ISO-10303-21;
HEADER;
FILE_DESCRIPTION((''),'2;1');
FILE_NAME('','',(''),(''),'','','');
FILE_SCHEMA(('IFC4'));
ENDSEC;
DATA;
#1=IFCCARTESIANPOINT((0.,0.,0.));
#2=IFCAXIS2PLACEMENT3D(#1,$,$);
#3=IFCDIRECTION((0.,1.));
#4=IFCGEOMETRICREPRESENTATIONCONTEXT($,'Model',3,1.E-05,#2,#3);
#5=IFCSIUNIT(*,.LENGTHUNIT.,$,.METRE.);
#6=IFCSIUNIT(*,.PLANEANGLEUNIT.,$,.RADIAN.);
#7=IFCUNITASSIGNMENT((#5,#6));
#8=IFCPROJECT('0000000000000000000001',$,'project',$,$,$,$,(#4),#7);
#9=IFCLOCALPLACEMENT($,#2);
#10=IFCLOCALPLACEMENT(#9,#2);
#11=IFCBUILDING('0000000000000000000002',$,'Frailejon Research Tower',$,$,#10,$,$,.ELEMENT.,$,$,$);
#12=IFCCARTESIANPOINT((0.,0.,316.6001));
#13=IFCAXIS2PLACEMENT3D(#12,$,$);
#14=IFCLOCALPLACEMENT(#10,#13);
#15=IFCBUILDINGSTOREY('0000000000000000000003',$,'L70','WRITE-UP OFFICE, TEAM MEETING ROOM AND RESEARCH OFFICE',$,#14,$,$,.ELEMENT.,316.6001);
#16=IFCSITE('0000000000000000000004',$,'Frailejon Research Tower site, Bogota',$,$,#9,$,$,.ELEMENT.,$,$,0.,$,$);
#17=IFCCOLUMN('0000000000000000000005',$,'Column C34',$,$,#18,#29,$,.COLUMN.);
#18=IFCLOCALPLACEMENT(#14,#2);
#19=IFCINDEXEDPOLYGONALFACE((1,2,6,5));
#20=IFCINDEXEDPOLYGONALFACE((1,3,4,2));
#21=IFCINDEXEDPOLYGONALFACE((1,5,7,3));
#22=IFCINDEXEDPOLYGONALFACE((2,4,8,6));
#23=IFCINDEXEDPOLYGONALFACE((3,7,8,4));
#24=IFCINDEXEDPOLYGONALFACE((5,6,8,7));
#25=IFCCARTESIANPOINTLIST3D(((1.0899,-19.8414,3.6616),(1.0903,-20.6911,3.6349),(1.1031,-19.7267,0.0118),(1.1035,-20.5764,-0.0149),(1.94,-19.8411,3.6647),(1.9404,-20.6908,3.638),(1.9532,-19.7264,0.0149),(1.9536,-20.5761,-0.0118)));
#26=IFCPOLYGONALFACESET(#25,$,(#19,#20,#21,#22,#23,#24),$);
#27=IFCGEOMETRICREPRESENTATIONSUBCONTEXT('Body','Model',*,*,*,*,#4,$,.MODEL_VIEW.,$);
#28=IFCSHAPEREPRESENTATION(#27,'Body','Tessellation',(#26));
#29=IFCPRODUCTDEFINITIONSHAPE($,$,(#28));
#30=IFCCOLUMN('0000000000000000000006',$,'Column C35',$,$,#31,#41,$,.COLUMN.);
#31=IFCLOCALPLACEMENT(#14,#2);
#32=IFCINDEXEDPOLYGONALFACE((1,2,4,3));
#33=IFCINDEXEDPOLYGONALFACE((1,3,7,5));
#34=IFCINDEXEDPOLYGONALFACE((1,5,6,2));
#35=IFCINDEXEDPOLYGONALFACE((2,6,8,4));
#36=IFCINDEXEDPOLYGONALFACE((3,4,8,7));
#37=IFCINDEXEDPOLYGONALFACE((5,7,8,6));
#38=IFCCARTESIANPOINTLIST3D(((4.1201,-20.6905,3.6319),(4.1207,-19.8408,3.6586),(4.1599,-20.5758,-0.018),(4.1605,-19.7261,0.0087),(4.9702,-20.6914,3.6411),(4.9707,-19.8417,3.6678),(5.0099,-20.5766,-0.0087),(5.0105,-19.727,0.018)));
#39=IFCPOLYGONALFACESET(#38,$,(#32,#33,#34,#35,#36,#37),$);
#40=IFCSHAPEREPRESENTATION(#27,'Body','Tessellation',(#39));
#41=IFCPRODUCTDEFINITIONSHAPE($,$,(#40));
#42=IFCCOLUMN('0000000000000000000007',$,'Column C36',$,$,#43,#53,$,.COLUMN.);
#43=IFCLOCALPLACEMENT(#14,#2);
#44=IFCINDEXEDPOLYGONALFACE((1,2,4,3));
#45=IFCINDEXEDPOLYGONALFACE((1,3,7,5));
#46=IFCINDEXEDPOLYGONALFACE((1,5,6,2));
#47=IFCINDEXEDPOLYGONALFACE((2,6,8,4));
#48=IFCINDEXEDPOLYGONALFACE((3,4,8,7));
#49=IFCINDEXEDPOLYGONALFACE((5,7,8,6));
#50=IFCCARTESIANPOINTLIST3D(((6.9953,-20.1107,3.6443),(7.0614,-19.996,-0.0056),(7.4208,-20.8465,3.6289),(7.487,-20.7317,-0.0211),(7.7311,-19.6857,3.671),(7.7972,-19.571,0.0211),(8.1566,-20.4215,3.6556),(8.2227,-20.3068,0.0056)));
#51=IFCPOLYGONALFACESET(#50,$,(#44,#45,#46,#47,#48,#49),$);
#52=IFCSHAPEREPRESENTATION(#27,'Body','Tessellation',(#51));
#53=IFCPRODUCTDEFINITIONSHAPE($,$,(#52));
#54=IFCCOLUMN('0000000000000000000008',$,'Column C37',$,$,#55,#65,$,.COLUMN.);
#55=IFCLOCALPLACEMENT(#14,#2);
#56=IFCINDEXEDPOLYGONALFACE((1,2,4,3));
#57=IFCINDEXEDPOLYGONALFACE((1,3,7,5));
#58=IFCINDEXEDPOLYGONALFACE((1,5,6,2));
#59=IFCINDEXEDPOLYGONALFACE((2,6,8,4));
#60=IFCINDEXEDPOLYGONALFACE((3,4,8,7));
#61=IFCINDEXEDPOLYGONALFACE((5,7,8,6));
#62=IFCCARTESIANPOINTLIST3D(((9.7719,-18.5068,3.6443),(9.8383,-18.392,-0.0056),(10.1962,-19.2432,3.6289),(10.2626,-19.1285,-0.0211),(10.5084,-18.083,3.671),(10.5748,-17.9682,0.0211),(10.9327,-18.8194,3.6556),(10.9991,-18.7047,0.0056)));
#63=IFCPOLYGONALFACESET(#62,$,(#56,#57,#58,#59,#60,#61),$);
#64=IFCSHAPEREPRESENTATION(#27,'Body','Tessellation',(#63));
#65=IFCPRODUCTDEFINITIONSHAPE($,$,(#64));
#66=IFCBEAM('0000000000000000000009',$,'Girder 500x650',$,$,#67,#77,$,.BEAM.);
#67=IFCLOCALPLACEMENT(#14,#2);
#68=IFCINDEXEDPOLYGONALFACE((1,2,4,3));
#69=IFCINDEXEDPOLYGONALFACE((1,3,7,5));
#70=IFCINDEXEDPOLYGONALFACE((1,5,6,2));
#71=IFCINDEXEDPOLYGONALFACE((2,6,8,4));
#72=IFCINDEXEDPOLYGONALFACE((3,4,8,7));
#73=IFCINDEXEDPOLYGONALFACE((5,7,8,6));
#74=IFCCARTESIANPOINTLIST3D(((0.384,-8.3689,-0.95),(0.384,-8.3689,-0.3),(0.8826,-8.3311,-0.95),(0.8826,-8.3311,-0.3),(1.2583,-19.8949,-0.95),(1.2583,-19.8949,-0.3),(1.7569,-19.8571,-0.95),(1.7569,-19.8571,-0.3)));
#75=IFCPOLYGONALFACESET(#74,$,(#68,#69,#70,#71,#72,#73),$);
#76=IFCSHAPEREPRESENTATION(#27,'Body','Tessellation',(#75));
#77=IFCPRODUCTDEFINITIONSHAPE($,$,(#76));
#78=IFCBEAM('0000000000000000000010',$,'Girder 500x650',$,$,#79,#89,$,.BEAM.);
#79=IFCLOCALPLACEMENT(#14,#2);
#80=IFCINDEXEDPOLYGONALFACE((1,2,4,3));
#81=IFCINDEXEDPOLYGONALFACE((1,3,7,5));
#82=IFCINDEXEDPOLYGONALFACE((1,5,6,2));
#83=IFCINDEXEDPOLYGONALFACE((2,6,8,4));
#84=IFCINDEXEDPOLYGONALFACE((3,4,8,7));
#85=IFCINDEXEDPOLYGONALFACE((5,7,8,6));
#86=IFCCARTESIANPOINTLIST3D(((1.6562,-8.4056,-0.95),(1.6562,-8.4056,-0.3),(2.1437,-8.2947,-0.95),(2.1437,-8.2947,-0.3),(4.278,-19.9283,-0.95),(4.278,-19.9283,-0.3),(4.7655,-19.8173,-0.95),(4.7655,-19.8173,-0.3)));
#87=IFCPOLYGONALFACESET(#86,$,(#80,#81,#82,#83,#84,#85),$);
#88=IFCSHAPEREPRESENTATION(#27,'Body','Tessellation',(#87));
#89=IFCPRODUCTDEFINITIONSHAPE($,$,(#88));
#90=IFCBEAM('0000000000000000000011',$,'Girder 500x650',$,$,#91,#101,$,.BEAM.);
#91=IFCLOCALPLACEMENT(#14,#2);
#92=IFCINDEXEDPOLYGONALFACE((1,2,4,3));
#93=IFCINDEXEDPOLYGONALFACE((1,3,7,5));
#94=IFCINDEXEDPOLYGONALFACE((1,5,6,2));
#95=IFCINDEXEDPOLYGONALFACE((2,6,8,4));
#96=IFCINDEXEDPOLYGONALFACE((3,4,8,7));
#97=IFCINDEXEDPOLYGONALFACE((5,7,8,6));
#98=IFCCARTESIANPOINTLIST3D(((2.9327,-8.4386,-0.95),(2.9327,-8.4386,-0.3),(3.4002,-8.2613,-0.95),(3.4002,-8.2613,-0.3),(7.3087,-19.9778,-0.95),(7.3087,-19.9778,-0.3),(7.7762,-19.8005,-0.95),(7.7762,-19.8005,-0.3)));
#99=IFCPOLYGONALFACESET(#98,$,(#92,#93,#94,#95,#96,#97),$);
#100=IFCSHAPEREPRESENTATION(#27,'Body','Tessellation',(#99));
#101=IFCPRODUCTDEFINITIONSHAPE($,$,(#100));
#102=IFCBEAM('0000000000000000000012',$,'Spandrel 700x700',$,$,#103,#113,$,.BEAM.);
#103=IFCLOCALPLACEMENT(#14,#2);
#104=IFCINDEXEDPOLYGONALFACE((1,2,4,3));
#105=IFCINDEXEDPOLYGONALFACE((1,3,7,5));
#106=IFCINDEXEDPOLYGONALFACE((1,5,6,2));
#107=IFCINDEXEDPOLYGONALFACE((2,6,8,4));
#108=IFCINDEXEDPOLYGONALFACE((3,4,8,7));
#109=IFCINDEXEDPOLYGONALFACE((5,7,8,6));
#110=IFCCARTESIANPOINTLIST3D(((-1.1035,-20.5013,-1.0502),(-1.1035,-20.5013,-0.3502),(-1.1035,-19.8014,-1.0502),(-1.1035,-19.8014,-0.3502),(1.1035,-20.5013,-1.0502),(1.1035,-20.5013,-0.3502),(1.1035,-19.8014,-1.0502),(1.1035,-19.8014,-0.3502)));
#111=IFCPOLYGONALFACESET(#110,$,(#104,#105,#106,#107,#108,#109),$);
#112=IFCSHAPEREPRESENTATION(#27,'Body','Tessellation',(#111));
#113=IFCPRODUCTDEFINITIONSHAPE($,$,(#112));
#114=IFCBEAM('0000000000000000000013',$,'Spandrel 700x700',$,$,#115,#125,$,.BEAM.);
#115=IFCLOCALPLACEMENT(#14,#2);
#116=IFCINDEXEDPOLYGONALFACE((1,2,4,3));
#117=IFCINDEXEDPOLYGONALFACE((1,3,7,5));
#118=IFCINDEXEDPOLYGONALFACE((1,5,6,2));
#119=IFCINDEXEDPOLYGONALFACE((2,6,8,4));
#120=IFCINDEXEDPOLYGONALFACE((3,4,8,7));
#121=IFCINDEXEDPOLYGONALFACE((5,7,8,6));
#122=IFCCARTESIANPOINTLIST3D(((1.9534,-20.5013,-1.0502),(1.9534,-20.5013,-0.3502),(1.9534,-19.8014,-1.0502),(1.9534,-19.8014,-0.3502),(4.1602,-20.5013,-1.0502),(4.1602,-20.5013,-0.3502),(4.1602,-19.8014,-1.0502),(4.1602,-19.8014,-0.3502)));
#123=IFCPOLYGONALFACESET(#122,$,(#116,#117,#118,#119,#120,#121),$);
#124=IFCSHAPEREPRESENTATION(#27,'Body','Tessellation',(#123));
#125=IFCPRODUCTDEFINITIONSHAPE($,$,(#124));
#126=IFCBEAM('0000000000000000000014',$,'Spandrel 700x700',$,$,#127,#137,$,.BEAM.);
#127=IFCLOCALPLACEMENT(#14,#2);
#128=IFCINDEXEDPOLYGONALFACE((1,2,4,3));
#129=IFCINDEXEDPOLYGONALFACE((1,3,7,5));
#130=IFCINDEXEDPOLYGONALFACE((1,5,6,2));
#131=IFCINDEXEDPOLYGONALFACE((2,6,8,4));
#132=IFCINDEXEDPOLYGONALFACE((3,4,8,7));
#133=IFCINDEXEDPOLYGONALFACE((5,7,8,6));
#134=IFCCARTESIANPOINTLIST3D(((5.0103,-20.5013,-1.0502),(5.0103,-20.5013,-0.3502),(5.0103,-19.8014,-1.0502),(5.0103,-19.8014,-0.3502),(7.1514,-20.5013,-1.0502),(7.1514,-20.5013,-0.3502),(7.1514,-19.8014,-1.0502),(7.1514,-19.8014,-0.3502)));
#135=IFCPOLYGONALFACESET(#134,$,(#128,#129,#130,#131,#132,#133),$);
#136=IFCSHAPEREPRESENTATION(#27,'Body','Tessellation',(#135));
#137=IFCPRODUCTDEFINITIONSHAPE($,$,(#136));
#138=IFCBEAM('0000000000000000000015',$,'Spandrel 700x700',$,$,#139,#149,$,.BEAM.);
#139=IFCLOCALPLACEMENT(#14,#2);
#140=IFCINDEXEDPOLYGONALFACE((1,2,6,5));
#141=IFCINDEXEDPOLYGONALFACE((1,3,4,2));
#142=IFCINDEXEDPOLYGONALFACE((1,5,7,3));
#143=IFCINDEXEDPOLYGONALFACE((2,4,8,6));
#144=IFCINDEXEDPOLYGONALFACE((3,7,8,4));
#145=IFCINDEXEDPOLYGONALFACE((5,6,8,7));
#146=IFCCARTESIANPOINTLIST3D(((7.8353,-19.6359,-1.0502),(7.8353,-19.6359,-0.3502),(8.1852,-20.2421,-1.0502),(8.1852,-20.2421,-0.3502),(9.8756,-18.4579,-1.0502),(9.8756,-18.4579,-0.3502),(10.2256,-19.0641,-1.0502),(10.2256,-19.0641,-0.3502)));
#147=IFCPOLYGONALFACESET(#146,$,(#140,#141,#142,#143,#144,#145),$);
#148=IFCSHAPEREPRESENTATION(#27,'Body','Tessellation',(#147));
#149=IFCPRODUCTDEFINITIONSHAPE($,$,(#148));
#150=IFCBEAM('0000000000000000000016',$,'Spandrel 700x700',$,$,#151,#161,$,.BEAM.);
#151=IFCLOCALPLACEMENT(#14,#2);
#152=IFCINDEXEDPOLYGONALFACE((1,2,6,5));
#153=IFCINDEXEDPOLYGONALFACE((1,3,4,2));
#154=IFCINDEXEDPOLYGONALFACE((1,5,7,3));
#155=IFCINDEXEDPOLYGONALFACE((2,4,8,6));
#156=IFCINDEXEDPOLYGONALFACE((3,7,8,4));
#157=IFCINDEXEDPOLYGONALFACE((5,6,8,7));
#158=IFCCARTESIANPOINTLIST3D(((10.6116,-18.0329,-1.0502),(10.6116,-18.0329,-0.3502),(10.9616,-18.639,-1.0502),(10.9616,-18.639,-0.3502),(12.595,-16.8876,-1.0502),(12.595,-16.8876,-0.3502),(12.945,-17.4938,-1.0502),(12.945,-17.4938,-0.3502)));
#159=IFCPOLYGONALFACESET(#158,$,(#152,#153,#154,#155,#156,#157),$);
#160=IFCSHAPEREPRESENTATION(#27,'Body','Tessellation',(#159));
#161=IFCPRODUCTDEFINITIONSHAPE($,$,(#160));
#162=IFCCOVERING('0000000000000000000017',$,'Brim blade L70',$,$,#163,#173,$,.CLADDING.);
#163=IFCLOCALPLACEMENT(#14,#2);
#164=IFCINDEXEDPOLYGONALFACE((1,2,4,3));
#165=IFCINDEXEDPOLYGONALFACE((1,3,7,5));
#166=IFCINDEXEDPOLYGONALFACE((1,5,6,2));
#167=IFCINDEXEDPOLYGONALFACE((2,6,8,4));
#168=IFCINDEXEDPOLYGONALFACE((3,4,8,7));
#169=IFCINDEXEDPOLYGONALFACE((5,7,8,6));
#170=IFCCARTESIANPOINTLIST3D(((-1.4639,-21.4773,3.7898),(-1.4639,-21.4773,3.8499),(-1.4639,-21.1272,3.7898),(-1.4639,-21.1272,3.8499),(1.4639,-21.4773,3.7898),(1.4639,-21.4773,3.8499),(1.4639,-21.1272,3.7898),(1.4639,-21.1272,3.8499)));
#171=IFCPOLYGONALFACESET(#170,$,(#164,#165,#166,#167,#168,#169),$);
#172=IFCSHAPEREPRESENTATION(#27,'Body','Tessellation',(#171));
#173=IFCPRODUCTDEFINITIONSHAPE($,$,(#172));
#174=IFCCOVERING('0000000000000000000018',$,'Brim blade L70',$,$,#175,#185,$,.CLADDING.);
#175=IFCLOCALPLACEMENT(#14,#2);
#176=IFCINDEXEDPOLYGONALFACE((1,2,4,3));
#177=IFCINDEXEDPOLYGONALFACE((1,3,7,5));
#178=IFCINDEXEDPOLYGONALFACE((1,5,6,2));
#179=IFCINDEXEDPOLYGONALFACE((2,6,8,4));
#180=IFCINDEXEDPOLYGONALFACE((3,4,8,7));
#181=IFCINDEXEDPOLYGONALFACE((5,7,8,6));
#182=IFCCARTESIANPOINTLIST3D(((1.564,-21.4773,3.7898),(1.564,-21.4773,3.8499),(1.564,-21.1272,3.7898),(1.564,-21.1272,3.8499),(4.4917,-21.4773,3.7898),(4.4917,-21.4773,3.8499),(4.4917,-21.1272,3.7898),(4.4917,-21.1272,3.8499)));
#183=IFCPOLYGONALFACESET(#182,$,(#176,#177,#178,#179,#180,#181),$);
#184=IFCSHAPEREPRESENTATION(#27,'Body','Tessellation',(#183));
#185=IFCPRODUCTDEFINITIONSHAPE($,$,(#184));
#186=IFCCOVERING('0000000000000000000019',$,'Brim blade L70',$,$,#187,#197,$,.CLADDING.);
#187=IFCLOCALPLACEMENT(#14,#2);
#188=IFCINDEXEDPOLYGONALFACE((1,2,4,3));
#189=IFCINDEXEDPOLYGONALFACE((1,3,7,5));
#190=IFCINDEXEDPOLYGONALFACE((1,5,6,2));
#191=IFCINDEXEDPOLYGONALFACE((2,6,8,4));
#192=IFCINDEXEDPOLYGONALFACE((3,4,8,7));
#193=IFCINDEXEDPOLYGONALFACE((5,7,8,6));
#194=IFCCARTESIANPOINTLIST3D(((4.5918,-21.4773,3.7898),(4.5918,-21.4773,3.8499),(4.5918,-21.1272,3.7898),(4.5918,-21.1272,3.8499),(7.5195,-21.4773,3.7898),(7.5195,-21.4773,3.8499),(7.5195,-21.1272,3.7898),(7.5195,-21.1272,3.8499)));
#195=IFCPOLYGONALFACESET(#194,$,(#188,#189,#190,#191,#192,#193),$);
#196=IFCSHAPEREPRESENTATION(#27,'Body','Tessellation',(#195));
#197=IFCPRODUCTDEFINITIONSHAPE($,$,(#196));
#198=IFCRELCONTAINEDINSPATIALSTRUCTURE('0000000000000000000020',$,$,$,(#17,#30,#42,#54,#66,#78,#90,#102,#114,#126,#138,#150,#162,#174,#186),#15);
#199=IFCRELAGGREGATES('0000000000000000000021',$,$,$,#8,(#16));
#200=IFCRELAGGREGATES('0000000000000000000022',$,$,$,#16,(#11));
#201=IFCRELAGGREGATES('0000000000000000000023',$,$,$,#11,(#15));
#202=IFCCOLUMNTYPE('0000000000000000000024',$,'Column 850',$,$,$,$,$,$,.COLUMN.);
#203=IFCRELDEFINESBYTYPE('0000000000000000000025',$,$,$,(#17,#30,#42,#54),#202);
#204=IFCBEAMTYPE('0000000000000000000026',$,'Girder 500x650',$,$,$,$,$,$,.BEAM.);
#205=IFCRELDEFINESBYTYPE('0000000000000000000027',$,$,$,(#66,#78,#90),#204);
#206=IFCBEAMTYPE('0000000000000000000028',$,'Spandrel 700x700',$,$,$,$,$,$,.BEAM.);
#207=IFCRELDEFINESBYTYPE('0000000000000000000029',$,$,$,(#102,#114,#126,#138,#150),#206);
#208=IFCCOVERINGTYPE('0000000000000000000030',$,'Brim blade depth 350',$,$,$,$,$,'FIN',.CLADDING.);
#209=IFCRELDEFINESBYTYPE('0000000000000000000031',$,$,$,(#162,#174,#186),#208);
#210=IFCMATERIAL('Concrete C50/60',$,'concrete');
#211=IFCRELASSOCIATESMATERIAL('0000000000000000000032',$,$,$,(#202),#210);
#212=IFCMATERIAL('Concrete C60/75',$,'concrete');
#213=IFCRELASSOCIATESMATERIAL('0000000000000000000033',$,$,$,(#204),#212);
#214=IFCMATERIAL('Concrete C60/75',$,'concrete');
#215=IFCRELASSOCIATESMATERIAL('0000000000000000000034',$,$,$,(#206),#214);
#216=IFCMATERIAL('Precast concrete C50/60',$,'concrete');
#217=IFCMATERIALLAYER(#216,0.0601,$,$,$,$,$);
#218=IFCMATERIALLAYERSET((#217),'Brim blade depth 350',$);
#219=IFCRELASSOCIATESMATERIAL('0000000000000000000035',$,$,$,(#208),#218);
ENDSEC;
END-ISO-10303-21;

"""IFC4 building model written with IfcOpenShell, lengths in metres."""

from ifc_helpers import new_model, si_unit, direction, frame, origin, origin_2d, place, context, subcontext, project, spatial, polyline, rectangle, outline, extrude, material, layer, layer_set, material_profile, profile_set, type_object, element, save


model = new_model("IFC4")

# Units and contexts
model_context = context("Model", 3, precision=1e-05, world=origin(), true_north=direction((0.0, 1.0)))
body_context = subcontext(model_context, "Body", "Model", "MODEL_VIEW")
ifc_project = project(units=[si_unit("LENGTHUNIT", "METRE"), si_unit("PLANEANGLEUNIT", "RADIAN")], contexts=[model_context])

# Site, building, storey
site_placement = place(None, origin())
site = spatial("IfcSite", under=ifc_project, at=site_placement, Name="Frailejon Research Tower site, Bogota", CompositionType="ELEMENT", RefElevation=0.0)
building_placement = place(site_placement, origin())
building = spatial("IfcBuilding", under=site, at=building_placement, Name="Frailejon Research Tower", CompositionType="ELEMENT")
storey_placement = place(building_placement, frame((0.0, 0.0, 316.6001)))
storey = spatial("IfcBuildingStorey", under=building, at=storey_placement, Name="L70", Description="WRITE-UP OFFICE, TEAM MEETING ROOM AND RESEARCH OFFICE", CompositionType="ELEMENT", Elevation=316.6001)

# Columns
ifc_material_1 = material(Name="Concrete C50/60", Category="concrete")
ifc_material_profile_1 = material_profile(ifc_material_1, rectangle(XDim=0.8501, YDim=0.8501, at=origin_2d()), Name="Column 850")
ifc_profile_set_1 = profile_set([ifc_material_profile_1], Name="Concrete C50/60")
column_type = type_object("IfcColumnType", Name="Column 850", PredefinedType="COLUMN", material=ifc_profile_set_1)
column_1_placement = place(storey_placement, frame((1.5283, -20.1514, 0.0), z_axis=(-0.00361, -0.031422, 0.9995), x_axis=(0.999993, 0.000341, 0.003623)))
element("IfcColumn", 1, at=column_1_placement, inside=storey, type_object=column_type, Name="Column C34", PredefinedType="COLUMN", context=body_context, shape_type="SweptSolid", body=[
    extrude(rectangle(XDim=0.8501, YDim=0.8501, at=origin_2d()), origin(), (0.0, 0.0, 1.0), 3.6516),
])
column_2_placement = place(storey_placement, frame((4.5852, -20.1514, 0.0), z_axis=(-0.010897, -0.031421, 0.999447), x_axis=(0.99994, -0.001008, 0.010871)))
element("IfcColumn", 2, at=column_2_placement, inside=storey, type_object=column_type, Name="Column C35", PredefinedType="COLUMN", context=body_context, shape_type="SweptSolid", body=[
    extrude(rectangle(XDim=0.8501, YDim=0.8501, at=origin_2d()), origin(), (0.0, 0.0, 1.0), 3.6519),
])
for number, where, z_axis, x_axis, name in (
    (3, (7.6421, -20.1514, 0.0), (-0.018115, -0.031417, 0.999342), (0.86552, 0.499889, 0.031405), "Column C36"),
    (4, (10.4187, -18.5483, 0.0), (-0.018182, -0.031417, 0.999341), (0.866316, 0.498507, 0.031434), "Column C37"),
):
    element("IfcColumn", number, at=place(storey_placement, frame(where, z_axis=z_axis, x_axis=x_axis)), inside=storey, type_object=column_type, Name=name, PredefinedType="COLUMN", context=body_context, shape_type="SweptSolid", body=[
        extrude(rectangle(XDim=0.8501, YDim=0.8501, at=origin_2d()), origin(), (0.0, 0.0, 1.0), 3.6523),
    ])

# Beams
ifc_material_2 = material(Name="Concrete C60/75", Category="concrete")
ifc_material_profile_2 = material_profile(ifc_material_2, rectangle(XDim=0.5, YDim=0.6499, at=origin_2d()), Name="Girder 500x650")
ifc_profile_set_2 = profile_set([ifc_material_profile_2], Name="Concrete C60/75")
beam_type_1 = type_object("IfcBeamType", Name="Girder 500x650", PredefinedType="BEAM", material=ifc_profile_set_2)
beam_1_placement = place(storey_placement, frame((1.5076, -19.876, -0.625), z_axis=(-0.075635, 0.997136, 0.0), x_axis=(-0.997136, -0.075635, 0.0)))
element("IfcBeam", 5, at=beam_1_placement, inside=storey, type_object=beam_type_1, Name="Girder 500x650", PredefinedType="BEAM", context=body_context, shape_type="SweptSolid", body=[
    extrude(rectangle(XDim=0.5, YDim=0.6499, at=origin_2d()), origin(), (0.0, 0.0, 1.0), 11.5591),
])
beam_2_placement = place(storey_placement, frame((4.5217, -19.8728, -0.625), z_axis=(-0.221865, 0.975077, 0.0), x_axis=(-0.975077, -0.221865, 0.0)))
element("IfcBeam", 6, at=beam_2_placement, inside=storey, type_object=beam_type_1, Name="Girder 500x650", PredefinedType="BEAM", context=body_context, shape_type="SweptSolid", body=[
    extrude(rectangle(XDim=0.5, YDim=0.6499, at=origin_2d()), origin(), (0.0, 0.0, 1.0), 11.8171),
])
beam_3_placement = place(storey_placement, frame((7.5425, -19.8892, -0.625), z_axis=(-0.35459, 0.935022, 0.0), x_axis=(-0.935022, -0.35459, 0.0)))
element("IfcBeam", 7, at=beam_3_placement, inside=storey, type_object=beam_type_1, Name="Girder 500x650", PredefinedType="BEAM", context=body_context, shape_type="SweptSolid", body=[
    extrude(rectangle(XDim=0.5, YDim=0.6499, at=origin_2d()), origin(), (0.0, 0.0, 1.0), 12.3411),
])
ifc_material_3 = material(Name="Concrete C60/75", Category="concrete")
ifc_material_profile_3 = material_profile(ifc_material_3, rectangle(XDim=0.7, YDim=0.7, at=origin_2d()), Name="Spandrel 700x700")
ifc_profile_set_3 = profile_set([ifc_material_profile_3], Name="Concrete C60/75")
beam_type_2 = type_object("IfcBeamType", Name="Spandrel 700x700", PredefinedType="BEAM", material=ifc_profile_set_3)
beam_4_placement = place(storey_placement, frame((-1.1035, -20.1514, -0.7002), z_axis=(1.0, 0.0, 0.0), x_axis=(0.0, 1.0, 0.0)))
element("IfcBeam", 8, at=beam_4_placement, inside=storey, type_object=beam_type_2, Name="Spandrel 700x700", PredefinedType="BEAM", context=body_context, shape_type="SweptSolid", body=[
    extrude(rectangle(XDim=0.7, YDim=0.7, at=origin_2d()), origin(), (0.0, 0.0, 1.0), 2.207),
])
beam_5_placement = place(storey_placement, frame((1.9534, -20.1514, -0.7002), z_axis=(1.0, 0.0, 0.0), x_axis=(0.0, 1.0, 0.0)))
element("IfcBeam", 9, at=beam_5_placement, inside=storey, type_object=beam_type_2, Name="Spandrel 700x700", PredefinedType="BEAM", context=body_context, shape_type="SweptSolid", body=[
    extrude(rectangle(XDim=0.7, YDim=0.7, at=origin_2d()), origin(), (0.0, 0.0, 1.0), 2.2068),
])
beam_6_placement = place(storey_placement, frame((5.0103, -20.1514, -0.7002), z_axis=(1.0, 0.0, 0.0), x_axis=(0.0, 1.0, 0.0)))
element("IfcBeam", 10, at=beam_6_placement, inside=storey, type_object=beam_type_2, Name="Spandrel 700x700", PredefinedType="BEAM", context=body_context, shape_type="SweptSolid", body=[
    extrude(rectangle(XDim=0.7, YDim=0.7, at=origin_2d()), origin(), (0.0, 0.0, 1.0), 2.1411),
])
beam_7_placement = place(storey_placement, frame((8.0103, -19.939, -0.7002), z_axis=(0.866022, 0.500007, 0.0), x_axis=(-0.500007, 0.866022, 0.0)))
element("IfcBeam", 11, at=beam_7_placement, inside=storey, type_object=beam_type_2, Name="Spandrel 700x700", PredefinedType="BEAM", context=body_context, shape_type="SweptSolid", body=[
    extrude(rectangle(XDim=0.7, YDim=0.7, at=origin_2d()), origin(), (0.0, 0.0, 1.0), 2.356),
])
beam_8_placement = place(storey_placement, frame((10.7866, -18.3359, -0.7002), z_axis=(0.865997, 0.500048, 0.0), x_axis=(-0.500048, 0.865997, 0.0)))
element("IfcBeam", 12, at=beam_8_placement, inside=storey, type_object=beam_type_2, Name="Spandrel 700x700", PredefinedType="BEAM", context=body_context, shape_type="SweptSolid", body=[
    extrude(rectangle(XDim=0.7, YDim=0.7, at=origin_2d()), origin(), (0.0, 0.0, 1.0), 2.2903),
])

# Coverings
ifc_material_4 = material(Name="Precast concrete C50/60", Category="concrete")
ifc_layer_1 = layer(ifc_material_4, 0.0601)
ifc_layer_set_1 = layer_set([ifc_layer_1], Name="Brim blade depth 350")
covering_type_1 = type_object("IfcCoveringType", Name="Brim blade depth 350", ElementType="FIN", PredefinedType="CLADDING", material=ifc_layer_set_1)
for number, where, z_axis, x_axis, name in (
    (13, (1.4639, -21.1272, 3.8499), (-1.0, 0.0, 0.0), (0.0, -1.0, 0.0), "Brim blade L70"),
    (14, (4.4917, -21.1272, 3.8499), (-1.0, 0.0, 0.0), (0.0, -1.0, 0.0), "Brim blade L70"),
    (15, (7.5195, -21.1272, 3.8499), (-1.0, 0.0, 0.0), (0.0, -1.0, 0.0), "Brim blade L70"),
):
    element("IfcCovering", number, at=place(storey_placement, frame(where, z_axis=z_axis, x_axis=x_axis)), inside=storey, type_object=covering_type_1, Name=name, PredefinedType="CLADDING", context=body_context, shape_type="SweptSolid", body=[
        extrude(outline(polyline([(0.0, -0.0601), (0.3501, -0.0601), (0.3501, 0.0), (0.0, 0.0), (0.0, -0.0601)])), origin(), (0.0, 0.0, 1.0), 2.9277),
    ])

save(model, "model.ifc")
